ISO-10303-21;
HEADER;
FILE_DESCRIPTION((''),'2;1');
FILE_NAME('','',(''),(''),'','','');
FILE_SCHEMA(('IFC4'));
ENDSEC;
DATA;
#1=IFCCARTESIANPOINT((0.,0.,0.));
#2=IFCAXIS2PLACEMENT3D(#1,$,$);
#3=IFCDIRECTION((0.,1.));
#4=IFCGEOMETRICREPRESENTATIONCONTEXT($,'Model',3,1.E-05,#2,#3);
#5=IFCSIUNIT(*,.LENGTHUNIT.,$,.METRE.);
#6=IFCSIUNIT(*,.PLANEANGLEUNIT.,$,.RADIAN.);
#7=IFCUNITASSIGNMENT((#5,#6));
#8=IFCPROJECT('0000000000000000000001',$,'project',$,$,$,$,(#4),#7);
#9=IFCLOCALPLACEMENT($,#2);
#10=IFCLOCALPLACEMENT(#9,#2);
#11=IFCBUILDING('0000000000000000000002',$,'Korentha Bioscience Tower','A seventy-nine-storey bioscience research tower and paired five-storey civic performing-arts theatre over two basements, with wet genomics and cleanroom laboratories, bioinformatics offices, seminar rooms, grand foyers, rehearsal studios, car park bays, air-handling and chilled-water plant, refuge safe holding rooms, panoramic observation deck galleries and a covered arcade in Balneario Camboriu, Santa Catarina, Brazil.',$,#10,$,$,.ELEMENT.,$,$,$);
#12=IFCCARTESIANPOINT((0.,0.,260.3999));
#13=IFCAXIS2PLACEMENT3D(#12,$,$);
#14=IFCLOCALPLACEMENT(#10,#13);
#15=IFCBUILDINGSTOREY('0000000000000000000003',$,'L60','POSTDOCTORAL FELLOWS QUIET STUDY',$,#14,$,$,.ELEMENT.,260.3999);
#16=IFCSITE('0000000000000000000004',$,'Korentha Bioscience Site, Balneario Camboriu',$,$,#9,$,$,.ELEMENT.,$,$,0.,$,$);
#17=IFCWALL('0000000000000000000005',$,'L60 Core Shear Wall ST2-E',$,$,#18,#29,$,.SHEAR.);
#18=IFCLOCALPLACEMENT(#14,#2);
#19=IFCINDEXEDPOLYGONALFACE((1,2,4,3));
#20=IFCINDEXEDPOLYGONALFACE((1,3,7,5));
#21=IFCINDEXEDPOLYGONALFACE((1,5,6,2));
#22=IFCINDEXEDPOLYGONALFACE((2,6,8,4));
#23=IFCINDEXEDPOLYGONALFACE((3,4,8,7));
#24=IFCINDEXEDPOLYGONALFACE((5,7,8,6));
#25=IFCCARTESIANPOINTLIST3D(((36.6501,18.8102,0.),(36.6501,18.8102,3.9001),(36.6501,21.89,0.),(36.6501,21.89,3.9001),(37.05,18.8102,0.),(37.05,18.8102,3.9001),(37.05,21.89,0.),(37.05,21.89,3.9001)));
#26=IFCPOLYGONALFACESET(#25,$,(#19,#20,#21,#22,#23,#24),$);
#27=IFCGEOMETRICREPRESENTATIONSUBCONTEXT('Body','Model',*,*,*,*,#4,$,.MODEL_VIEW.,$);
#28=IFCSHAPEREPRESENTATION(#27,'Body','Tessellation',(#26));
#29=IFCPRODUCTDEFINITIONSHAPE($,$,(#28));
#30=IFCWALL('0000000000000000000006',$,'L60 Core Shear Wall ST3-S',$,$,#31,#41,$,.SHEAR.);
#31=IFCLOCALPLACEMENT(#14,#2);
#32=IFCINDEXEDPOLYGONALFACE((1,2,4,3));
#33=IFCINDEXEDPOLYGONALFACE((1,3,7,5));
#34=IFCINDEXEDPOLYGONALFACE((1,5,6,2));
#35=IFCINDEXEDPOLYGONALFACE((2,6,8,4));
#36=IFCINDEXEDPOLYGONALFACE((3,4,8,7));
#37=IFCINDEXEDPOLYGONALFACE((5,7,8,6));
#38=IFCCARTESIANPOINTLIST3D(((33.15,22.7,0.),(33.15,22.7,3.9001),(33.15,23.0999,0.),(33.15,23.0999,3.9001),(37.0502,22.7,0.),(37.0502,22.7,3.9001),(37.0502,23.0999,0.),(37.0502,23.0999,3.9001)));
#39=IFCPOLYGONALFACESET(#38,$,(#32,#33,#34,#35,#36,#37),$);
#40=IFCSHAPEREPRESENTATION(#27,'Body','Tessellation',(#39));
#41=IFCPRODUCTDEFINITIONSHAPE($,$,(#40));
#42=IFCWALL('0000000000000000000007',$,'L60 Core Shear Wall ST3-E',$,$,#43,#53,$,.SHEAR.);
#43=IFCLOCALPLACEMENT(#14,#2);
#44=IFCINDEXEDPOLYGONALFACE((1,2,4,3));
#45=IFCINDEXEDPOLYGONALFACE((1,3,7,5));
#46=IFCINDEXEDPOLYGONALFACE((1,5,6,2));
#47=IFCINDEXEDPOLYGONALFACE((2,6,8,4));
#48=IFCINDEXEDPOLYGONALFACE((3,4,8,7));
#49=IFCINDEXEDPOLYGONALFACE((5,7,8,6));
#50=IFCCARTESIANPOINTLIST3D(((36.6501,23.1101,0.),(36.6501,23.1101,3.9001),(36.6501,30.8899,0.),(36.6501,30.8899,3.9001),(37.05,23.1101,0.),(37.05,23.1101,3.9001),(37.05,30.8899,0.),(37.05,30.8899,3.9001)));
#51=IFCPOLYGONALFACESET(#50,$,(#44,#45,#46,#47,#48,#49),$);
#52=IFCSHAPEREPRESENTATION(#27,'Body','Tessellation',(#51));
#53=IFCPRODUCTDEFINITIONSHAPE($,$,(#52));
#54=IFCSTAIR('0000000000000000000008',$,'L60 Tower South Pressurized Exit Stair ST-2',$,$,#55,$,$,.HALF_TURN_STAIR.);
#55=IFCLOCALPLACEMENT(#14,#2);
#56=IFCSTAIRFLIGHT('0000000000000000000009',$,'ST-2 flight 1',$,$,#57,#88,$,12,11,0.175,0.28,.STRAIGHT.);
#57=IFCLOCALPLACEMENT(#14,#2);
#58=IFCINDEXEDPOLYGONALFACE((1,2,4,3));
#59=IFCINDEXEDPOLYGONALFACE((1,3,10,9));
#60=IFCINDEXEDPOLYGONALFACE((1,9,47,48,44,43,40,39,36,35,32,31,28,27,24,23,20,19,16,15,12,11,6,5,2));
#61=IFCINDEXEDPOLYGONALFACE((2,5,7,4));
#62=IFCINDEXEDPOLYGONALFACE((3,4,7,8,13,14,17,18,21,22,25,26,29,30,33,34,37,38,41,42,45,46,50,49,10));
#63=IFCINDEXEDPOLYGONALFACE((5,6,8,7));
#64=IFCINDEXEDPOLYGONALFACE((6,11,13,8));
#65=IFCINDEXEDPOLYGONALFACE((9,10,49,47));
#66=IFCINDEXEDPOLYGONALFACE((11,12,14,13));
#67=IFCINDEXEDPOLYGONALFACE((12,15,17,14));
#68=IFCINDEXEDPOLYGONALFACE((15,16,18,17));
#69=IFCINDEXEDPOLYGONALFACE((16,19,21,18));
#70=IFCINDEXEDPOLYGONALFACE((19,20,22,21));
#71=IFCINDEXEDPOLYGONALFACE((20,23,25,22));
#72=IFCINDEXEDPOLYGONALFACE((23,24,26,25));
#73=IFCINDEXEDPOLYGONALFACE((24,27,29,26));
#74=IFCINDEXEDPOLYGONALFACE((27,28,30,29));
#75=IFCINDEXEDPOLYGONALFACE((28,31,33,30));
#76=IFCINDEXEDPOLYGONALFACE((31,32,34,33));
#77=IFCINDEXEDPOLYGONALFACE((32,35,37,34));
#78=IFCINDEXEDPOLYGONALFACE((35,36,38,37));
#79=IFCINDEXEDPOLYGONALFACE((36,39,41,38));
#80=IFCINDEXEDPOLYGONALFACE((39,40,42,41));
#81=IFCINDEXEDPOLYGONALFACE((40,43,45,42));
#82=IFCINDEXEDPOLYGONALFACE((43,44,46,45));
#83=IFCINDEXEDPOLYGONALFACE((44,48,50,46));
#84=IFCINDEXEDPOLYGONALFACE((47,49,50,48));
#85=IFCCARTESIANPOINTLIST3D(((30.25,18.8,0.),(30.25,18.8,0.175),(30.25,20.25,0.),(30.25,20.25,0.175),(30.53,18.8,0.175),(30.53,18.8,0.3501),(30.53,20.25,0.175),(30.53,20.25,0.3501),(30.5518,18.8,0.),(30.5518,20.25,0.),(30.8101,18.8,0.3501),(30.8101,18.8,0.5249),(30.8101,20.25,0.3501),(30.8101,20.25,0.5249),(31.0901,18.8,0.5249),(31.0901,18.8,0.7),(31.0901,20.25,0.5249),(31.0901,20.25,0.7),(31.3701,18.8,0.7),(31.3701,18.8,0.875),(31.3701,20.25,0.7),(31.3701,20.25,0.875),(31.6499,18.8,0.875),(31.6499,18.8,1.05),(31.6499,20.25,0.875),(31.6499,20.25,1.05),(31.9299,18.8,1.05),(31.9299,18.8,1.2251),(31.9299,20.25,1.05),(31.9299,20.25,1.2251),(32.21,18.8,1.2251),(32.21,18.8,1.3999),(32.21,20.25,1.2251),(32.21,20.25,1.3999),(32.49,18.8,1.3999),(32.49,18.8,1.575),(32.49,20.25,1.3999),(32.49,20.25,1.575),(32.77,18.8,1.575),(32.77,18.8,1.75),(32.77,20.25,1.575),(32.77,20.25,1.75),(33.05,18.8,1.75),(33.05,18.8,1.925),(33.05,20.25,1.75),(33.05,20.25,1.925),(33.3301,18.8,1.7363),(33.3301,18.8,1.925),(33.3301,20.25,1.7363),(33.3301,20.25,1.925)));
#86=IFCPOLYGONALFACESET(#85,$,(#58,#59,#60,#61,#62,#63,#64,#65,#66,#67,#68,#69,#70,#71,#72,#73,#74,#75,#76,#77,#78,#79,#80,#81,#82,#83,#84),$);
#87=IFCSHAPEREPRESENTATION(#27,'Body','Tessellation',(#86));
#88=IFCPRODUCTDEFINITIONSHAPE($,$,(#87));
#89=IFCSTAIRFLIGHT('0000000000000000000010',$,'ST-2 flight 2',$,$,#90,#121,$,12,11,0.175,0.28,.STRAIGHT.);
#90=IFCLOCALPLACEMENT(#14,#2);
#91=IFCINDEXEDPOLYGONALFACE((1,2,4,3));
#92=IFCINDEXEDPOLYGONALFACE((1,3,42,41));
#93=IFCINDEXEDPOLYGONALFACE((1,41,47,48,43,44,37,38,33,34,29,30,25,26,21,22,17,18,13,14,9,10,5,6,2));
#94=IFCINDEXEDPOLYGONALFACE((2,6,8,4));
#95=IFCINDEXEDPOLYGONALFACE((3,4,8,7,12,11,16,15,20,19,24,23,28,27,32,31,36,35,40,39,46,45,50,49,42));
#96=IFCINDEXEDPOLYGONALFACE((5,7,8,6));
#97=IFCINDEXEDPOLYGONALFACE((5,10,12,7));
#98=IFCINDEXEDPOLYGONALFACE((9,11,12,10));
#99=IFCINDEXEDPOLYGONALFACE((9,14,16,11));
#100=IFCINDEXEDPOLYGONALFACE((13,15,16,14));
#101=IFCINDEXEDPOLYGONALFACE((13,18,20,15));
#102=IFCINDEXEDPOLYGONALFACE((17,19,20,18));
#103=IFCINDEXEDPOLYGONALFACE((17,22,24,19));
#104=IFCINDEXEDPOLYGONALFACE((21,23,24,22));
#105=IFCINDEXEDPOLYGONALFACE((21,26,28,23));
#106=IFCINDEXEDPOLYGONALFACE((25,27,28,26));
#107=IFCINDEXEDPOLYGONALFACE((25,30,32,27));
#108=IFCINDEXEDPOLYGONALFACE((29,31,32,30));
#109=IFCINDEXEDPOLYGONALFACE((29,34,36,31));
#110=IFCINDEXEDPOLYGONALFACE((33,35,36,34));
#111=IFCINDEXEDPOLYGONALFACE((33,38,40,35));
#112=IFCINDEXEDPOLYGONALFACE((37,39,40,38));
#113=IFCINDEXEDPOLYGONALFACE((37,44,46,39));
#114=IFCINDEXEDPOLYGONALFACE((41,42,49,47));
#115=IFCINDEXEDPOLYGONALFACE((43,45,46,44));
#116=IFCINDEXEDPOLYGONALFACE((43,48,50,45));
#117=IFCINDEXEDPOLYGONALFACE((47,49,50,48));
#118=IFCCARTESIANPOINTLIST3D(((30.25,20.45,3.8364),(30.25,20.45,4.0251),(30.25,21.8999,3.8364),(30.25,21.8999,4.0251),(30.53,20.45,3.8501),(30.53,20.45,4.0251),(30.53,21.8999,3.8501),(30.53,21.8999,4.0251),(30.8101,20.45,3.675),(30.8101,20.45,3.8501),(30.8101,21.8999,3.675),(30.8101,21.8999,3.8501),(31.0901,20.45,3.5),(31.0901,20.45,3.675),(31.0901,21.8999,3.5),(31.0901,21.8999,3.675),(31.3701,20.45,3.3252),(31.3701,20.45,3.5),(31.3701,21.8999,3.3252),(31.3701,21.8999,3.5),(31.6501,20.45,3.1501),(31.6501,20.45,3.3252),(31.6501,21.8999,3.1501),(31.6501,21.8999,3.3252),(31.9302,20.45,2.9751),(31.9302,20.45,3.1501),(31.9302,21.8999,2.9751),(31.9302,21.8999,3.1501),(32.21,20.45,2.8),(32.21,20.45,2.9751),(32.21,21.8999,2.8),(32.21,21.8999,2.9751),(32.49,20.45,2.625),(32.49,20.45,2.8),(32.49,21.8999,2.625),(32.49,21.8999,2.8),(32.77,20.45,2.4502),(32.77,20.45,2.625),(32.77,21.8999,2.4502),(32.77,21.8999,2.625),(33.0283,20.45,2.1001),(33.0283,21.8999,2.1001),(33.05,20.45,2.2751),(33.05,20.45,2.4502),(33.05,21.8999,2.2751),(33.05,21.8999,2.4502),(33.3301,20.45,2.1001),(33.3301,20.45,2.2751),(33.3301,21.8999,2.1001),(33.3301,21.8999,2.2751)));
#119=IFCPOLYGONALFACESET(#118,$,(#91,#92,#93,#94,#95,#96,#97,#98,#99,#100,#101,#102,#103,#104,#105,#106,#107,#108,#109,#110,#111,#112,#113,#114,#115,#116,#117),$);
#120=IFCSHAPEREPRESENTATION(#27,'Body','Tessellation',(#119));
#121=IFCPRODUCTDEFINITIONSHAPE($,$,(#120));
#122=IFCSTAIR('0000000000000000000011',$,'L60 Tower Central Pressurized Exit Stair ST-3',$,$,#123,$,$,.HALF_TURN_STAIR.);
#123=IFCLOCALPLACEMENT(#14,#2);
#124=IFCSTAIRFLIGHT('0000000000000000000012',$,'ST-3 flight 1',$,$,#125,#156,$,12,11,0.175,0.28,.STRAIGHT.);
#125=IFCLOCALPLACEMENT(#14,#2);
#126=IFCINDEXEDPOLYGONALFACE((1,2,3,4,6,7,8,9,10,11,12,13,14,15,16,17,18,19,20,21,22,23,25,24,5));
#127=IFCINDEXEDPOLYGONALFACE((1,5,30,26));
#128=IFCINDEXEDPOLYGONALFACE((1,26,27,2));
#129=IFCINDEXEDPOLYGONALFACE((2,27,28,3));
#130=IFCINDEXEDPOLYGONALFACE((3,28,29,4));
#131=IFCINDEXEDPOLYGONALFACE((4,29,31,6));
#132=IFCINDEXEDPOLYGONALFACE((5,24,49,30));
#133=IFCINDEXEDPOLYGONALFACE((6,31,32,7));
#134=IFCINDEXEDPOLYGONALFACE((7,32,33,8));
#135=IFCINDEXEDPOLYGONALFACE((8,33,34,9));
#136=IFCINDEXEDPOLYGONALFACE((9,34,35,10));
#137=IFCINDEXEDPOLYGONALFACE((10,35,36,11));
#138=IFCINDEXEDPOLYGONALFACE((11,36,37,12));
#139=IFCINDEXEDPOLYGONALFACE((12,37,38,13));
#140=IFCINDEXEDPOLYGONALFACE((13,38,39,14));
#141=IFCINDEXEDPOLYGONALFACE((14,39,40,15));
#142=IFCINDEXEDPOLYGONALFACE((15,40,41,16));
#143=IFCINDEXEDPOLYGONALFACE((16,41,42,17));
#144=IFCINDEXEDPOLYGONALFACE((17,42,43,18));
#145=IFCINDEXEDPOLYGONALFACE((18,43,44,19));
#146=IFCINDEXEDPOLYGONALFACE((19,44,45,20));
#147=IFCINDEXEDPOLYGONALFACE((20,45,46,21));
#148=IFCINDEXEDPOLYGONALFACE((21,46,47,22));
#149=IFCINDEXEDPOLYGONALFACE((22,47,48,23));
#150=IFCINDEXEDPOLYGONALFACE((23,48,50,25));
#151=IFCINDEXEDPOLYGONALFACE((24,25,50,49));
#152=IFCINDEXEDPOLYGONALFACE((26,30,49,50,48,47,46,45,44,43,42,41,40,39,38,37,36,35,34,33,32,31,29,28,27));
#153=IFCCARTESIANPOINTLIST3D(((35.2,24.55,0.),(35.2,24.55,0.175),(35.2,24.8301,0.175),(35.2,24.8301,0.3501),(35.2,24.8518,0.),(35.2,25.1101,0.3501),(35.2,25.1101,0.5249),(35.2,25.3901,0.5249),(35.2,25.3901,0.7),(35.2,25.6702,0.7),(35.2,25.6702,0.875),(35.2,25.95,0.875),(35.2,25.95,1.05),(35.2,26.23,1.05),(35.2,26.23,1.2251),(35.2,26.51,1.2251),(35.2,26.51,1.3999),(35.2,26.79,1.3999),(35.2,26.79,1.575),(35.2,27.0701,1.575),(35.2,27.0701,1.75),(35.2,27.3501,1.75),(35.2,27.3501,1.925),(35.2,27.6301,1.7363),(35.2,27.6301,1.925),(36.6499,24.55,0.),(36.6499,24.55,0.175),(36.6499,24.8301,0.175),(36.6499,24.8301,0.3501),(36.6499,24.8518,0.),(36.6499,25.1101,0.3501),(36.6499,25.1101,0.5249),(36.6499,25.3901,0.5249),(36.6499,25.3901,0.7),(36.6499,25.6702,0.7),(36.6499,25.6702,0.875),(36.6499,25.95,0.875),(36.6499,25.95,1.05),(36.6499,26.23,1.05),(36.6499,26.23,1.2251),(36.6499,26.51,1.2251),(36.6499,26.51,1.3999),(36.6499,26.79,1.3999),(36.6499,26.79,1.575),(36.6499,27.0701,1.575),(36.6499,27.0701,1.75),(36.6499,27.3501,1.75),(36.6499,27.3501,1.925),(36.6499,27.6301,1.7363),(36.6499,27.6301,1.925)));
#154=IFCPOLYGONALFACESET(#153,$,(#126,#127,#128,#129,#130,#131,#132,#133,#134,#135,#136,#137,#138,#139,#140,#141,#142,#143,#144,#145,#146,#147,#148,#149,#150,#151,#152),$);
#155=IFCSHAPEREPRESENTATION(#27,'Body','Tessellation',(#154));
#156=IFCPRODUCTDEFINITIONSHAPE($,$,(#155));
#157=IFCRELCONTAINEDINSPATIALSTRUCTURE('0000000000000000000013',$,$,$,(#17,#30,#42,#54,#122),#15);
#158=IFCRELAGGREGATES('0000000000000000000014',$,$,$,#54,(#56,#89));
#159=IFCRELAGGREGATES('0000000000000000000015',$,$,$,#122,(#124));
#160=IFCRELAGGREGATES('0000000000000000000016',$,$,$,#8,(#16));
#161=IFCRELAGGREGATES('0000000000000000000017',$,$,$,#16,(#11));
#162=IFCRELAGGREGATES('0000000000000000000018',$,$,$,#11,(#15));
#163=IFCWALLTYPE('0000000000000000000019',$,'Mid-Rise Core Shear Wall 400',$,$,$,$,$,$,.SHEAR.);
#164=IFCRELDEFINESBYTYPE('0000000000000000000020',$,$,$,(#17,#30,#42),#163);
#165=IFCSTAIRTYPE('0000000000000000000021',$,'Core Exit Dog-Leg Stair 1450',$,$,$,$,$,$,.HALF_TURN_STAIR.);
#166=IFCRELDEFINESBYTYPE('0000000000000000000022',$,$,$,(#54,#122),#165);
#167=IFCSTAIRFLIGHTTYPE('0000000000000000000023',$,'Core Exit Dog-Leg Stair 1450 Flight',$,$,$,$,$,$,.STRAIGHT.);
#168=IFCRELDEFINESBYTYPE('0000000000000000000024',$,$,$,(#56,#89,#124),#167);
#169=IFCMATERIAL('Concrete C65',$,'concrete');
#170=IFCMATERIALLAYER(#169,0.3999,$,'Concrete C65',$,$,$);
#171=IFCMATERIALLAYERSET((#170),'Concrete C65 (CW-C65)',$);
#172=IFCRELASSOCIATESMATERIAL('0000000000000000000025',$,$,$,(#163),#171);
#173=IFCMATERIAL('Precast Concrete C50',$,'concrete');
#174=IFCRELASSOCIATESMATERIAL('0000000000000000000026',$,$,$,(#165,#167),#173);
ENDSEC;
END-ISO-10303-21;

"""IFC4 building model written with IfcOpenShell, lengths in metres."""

from ifc_helpers import new_model, si_unit, direction, frame, frame_2d, origin, place, context, subcontext, project, spatial, polyline, rectangle, outline, extrude, material, layer, layer_set, type_object, element, aggregate, save


model = new_model("IFC4")

# Units and contexts
model_context = context("Model", 3, precision=1e-05, world=origin(), true_north=direction((0.0, 1.0)))
body_context = subcontext(model_context, "Body", "Model", "MODEL_VIEW")
ifc_project = project(units=[si_unit("LENGTHUNIT", "METRE"), si_unit("PLANEANGLEUNIT", "RADIAN")], contexts=[model_context])

# Site, building, storey
site_placement = place(None, origin())
site = spatial("IfcSite", under=ifc_project, at=site_placement, Name="Korentha Bioscience Site, Balneario Camboriu", CompositionType="ELEMENT", RefElevation=0.0)
building_placement = place(site_placement, origin())
building = spatial("IfcBuilding", under=site, at=building_placement, Name="Korentha Bioscience Tower", Description="A seventy-nine-storey bioscience research tower and paired five-storey civic performing-arts theatre over two basements, with wet genomics and cleanroom laboratories, bioinformatics offices, seminar rooms, grand foyers, rehearsal studios, car park bays, air-handling and chilled-water plant, refuge safe holding rooms, panoramic observation deck galleries and a covered arcade in Balneario Camboriu, Santa Catarina, Brazil.", CompositionType="ELEMENT")
storey_placement = place(building_placement, frame((0.0, 0.0, 260.3999)))
storey = spatial("IfcBuildingStorey", under=building, at=storey_placement, Name="L60", Description="POSTDOCTORAL FELLOWS QUIET STUDY", CompositionType="ELEMENT", Elevation=260.3999)

# Shared definitions
ifc_material_1 = material(Name="Concrete C65", Category="concrete")

# Walls
ifc_layer_1 = layer(ifc_material_1, 0.3999, Name="Concrete C65")
ifc_layer_set_1 = layer_set([ifc_layer_1], Name="Concrete C65 (CW-C65)")
wall_type_1 = type_object("IfcWallType", Name="Mid-Rise Core Shear Wall 400", PredefinedType="SHEAR", material=ifc_layer_set_1)
wall_1_placement = place(storey_placement, frame((36.8501, 18.8101, 0.0), z_axis=(0.0, 0.0, 1.0), x_axis=(0.0, 1.0, 0.0)))
element("IfcWall", 1, at=wall_1_placement, inside=storey, type_object=wall_type_1, Name="L60 Core Shear Wall ST2-E", PredefinedType="SHEAR", context=body_context, shape_type="SweptSolid", body=[
    extrude(rectangle(XDim=3.0798, YDim=0.3999, at=frame_2d((1.54, 0.0))), origin(), (0.0, 0.0, 1.0), 3.9001),
])
wall_2_placement = place(storey_placement, frame((33.1499, 22.8999, 0.0), z_axis=(0.0, 0.0, 1.0), x_axis=(1.0, 0.0, 0.0)))
element("IfcWall", 2, at=wall_2_placement, inside=storey, type_object=wall_type_1, Name="L60 Core Shear Wall ST3-S", PredefinedType="SHEAR", context=body_context, shape_type="SweptSolid", body=[
    extrude(rectangle(XDim=3.9001, YDim=0.3999, at=frame_2d((1.9502, 0.0))), origin(), (0.0, 0.0, 1.0), 3.9001),
])
wall_3_placement = place(storey_placement, frame((36.8501, 23.1101, 0.0), z_axis=(0.0, 0.0, 1.0), x_axis=(0.0, 1.0, 0.0)))
element("IfcWall", 3, at=wall_3_placement, inside=storey, type_object=wall_type_1, Name="L60 Core Shear Wall ST3-E", PredefinedType="SHEAR", context=body_context, shape_type="SweptSolid", body=[
    extrude(rectangle(XDim=7.7798, YDim=0.3999, at=frame_2d((3.8899, 0.0))), origin(), (0.0, 0.0, 1.0), 3.9001),
])

# Stair, stair flights
ifc_material_2 = material(Name="Precast Concrete C50", Category="concrete")
stair_type = type_object("IfcStairType", Name="Core Exit Dog-Leg Stair 1450", PredefinedType="HALF_TURN_STAIR", material=ifc_material_2)
stair_1_placement = place(storey_placement, origin())
stair_1 = element("IfcStair", 4, at=stair_1_placement, inside=storey, type_object=stair_type, Name="L60 Tower South Pressurized Exit Stair ST-2", PredefinedType="HALF_TURN_STAIR")
stair_flight_type = type_object("IfcStairFlightType", Name="Core Exit Dog-Leg Stair 1450 Flight", PredefinedType="STRAIGHT", material=ifc_material_2)
stair_flight_1_placement = place(storey_placement, frame((30.25, 19.5249, 0.0), z_axis=(0.0, 0.0, 1.0), x_axis=(1.0, 0.0, 0.0)))
stair_flight_1 = element("IfcStairFlight", 5, at=stair_flight_1_placement, type_object=stair_flight_type, Name="ST-2 flight 1", NumberOfRisers=12, NumberOfTreads=11, PredefinedType="STRAIGHT", RiserHeight=0.175, TreadLength=0.28, context=body_context, shape_type="SweptSolid", body=[
    extrude(outline(polyline([(0.0, 0.0), (0.0, 0.175), (0.28, 0.175), (0.28, 0.3501), (0.5601, 0.3501), (0.5601, 0.5249), (0.8401, 0.5249), (0.8401, 0.7), (1.1201, 0.7), (1.1201, 0.875), (1.3999, 0.875), (1.3999, 1.05), (1.6799, 1.05), (1.6799, 1.2251), (1.96, 1.2251), (1.96, 1.3999), (2.24, 1.3999), (2.24, 1.575), (2.52, 1.575), (2.52, 1.75), (2.8, 1.75), (2.8, 1.925), (3.0801, 1.925), (3.0801, 2.1001), (3.0801, 1.7363), (0.3018, 0.0), (0.0, 0.0)])), frame((0.0, 0.7251, 0.0), z_axis=(0.0, -1.0, 0.0), x_axis=(1.0, 0.0, 0.0)), (0.0, 0.0, 1.0), 1.45),
])
stair_flight_2_placement = place(storey_placement, frame((33.3301, 21.175, 2.1001), z_axis=(0.0, 0.0, 1.0), x_axis=(-1.0, 0.0, 0.0)))
stair_flight_2 = element("IfcStairFlight", 6, at=stair_flight_2_placement, type_object=stair_flight_type, Name="ST-2 flight 2", NumberOfRisers=12, NumberOfTreads=11, PredefinedType="STRAIGHT", RiserHeight=0.175, TreadLength=0.28, context=body_context, shape_type="SweptSolid", body=[
    extrude(outline(polyline([(0.0, 0.0), (0.0, 0.175), (0.28, 0.175), (0.28, 0.3501), (0.5601, 0.3501), (0.5601, 0.5249), (0.8401, 0.5249), (0.8401, 0.7), (1.1201, 0.7), (1.1201, 0.875), (1.3999, 0.875), (1.3999, 1.05), (1.6799, 1.05), (1.6799, 1.2251), (1.96, 1.2251), (1.96, 1.3999), (2.24, 1.3999), (2.24, 1.575), (2.52, 1.575), (2.52, 1.75), (2.8, 1.75), (2.8, 1.925), (3.0801, 1.925), (3.0801, 2.1001), (3.0801, 1.7363), (0.3018, 0.0), (0.0, 0.0)])), frame((0.0, 0.7251, 0.0), z_axis=(0.0, -1.0, 0.0), x_axis=(1.0, 0.0, 0.0)), (0.0, 0.0, 1.0), 1.45),
])
aggregate(stair_1, [stair_flight_1, stair_flight_2])

# Stair, stair flight
stair_2_placement = place(storey_placement, origin())
stair_2 = element("IfcStair", 7, at=stair_2_placement, inside=storey, type_object=stair_type, Name="L60 Tower Central Pressurized Exit Stair ST-3", PredefinedType="HALF_TURN_STAIR")
stair_flight_3_placement = place(storey_placement, frame((35.925, 24.55, 0.0), z_axis=(0.0, 0.0, 1.0), x_axis=(0.0, 1.0, 0.0)))
stair_flight_3 = element("IfcStairFlight", 8, at=stair_flight_3_placement, type_object=stair_flight_type, Name="ST-3 flight 1", NumberOfRisers=12, NumberOfTreads=11, PredefinedType="STRAIGHT", RiserHeight=0.175, TreadLength=0.28, context=body_context, shape_type="SweptSolid", body=[
    extrude(outline(polyline([(0.0, 0.0), (0.0, 0.175), (0.28, 0.175), (0.28, 0.3501), (0.5601, 0.3501), (0.5601, 0.5249), (0.8401, 0.5249), (0.8401, 0.7), (1.1201, 0.7), (1.1201, 0.875), (1.3999, 0.875), (1.3999, 1.05), (1.6799, 1.05), (1.6799, 1.2251), (1.96, 1.2251), (1.96, 1.3999), (2.24, 1.3999), (2.24, 1.575), (2.52, 1.575), (2.52, 1.75), (2.8, 1.75), (2.8, 1.925), (3.0801, 1.925), (3.0801, 2.1001), (3.0801, 1.7363), (0.3018, 0.0), (0.0, 0.0)])), frame((0.0, 0.7251, 0.0), z_axis=(0.0, -1.0, 0.0), x_axis=(1.0, 0.0, 0.0)), (0.0, 0.0, 1.0), 1.45),
])
aggregate(stair_2, [stair_flight_3])

save(model, "model.ifc")
